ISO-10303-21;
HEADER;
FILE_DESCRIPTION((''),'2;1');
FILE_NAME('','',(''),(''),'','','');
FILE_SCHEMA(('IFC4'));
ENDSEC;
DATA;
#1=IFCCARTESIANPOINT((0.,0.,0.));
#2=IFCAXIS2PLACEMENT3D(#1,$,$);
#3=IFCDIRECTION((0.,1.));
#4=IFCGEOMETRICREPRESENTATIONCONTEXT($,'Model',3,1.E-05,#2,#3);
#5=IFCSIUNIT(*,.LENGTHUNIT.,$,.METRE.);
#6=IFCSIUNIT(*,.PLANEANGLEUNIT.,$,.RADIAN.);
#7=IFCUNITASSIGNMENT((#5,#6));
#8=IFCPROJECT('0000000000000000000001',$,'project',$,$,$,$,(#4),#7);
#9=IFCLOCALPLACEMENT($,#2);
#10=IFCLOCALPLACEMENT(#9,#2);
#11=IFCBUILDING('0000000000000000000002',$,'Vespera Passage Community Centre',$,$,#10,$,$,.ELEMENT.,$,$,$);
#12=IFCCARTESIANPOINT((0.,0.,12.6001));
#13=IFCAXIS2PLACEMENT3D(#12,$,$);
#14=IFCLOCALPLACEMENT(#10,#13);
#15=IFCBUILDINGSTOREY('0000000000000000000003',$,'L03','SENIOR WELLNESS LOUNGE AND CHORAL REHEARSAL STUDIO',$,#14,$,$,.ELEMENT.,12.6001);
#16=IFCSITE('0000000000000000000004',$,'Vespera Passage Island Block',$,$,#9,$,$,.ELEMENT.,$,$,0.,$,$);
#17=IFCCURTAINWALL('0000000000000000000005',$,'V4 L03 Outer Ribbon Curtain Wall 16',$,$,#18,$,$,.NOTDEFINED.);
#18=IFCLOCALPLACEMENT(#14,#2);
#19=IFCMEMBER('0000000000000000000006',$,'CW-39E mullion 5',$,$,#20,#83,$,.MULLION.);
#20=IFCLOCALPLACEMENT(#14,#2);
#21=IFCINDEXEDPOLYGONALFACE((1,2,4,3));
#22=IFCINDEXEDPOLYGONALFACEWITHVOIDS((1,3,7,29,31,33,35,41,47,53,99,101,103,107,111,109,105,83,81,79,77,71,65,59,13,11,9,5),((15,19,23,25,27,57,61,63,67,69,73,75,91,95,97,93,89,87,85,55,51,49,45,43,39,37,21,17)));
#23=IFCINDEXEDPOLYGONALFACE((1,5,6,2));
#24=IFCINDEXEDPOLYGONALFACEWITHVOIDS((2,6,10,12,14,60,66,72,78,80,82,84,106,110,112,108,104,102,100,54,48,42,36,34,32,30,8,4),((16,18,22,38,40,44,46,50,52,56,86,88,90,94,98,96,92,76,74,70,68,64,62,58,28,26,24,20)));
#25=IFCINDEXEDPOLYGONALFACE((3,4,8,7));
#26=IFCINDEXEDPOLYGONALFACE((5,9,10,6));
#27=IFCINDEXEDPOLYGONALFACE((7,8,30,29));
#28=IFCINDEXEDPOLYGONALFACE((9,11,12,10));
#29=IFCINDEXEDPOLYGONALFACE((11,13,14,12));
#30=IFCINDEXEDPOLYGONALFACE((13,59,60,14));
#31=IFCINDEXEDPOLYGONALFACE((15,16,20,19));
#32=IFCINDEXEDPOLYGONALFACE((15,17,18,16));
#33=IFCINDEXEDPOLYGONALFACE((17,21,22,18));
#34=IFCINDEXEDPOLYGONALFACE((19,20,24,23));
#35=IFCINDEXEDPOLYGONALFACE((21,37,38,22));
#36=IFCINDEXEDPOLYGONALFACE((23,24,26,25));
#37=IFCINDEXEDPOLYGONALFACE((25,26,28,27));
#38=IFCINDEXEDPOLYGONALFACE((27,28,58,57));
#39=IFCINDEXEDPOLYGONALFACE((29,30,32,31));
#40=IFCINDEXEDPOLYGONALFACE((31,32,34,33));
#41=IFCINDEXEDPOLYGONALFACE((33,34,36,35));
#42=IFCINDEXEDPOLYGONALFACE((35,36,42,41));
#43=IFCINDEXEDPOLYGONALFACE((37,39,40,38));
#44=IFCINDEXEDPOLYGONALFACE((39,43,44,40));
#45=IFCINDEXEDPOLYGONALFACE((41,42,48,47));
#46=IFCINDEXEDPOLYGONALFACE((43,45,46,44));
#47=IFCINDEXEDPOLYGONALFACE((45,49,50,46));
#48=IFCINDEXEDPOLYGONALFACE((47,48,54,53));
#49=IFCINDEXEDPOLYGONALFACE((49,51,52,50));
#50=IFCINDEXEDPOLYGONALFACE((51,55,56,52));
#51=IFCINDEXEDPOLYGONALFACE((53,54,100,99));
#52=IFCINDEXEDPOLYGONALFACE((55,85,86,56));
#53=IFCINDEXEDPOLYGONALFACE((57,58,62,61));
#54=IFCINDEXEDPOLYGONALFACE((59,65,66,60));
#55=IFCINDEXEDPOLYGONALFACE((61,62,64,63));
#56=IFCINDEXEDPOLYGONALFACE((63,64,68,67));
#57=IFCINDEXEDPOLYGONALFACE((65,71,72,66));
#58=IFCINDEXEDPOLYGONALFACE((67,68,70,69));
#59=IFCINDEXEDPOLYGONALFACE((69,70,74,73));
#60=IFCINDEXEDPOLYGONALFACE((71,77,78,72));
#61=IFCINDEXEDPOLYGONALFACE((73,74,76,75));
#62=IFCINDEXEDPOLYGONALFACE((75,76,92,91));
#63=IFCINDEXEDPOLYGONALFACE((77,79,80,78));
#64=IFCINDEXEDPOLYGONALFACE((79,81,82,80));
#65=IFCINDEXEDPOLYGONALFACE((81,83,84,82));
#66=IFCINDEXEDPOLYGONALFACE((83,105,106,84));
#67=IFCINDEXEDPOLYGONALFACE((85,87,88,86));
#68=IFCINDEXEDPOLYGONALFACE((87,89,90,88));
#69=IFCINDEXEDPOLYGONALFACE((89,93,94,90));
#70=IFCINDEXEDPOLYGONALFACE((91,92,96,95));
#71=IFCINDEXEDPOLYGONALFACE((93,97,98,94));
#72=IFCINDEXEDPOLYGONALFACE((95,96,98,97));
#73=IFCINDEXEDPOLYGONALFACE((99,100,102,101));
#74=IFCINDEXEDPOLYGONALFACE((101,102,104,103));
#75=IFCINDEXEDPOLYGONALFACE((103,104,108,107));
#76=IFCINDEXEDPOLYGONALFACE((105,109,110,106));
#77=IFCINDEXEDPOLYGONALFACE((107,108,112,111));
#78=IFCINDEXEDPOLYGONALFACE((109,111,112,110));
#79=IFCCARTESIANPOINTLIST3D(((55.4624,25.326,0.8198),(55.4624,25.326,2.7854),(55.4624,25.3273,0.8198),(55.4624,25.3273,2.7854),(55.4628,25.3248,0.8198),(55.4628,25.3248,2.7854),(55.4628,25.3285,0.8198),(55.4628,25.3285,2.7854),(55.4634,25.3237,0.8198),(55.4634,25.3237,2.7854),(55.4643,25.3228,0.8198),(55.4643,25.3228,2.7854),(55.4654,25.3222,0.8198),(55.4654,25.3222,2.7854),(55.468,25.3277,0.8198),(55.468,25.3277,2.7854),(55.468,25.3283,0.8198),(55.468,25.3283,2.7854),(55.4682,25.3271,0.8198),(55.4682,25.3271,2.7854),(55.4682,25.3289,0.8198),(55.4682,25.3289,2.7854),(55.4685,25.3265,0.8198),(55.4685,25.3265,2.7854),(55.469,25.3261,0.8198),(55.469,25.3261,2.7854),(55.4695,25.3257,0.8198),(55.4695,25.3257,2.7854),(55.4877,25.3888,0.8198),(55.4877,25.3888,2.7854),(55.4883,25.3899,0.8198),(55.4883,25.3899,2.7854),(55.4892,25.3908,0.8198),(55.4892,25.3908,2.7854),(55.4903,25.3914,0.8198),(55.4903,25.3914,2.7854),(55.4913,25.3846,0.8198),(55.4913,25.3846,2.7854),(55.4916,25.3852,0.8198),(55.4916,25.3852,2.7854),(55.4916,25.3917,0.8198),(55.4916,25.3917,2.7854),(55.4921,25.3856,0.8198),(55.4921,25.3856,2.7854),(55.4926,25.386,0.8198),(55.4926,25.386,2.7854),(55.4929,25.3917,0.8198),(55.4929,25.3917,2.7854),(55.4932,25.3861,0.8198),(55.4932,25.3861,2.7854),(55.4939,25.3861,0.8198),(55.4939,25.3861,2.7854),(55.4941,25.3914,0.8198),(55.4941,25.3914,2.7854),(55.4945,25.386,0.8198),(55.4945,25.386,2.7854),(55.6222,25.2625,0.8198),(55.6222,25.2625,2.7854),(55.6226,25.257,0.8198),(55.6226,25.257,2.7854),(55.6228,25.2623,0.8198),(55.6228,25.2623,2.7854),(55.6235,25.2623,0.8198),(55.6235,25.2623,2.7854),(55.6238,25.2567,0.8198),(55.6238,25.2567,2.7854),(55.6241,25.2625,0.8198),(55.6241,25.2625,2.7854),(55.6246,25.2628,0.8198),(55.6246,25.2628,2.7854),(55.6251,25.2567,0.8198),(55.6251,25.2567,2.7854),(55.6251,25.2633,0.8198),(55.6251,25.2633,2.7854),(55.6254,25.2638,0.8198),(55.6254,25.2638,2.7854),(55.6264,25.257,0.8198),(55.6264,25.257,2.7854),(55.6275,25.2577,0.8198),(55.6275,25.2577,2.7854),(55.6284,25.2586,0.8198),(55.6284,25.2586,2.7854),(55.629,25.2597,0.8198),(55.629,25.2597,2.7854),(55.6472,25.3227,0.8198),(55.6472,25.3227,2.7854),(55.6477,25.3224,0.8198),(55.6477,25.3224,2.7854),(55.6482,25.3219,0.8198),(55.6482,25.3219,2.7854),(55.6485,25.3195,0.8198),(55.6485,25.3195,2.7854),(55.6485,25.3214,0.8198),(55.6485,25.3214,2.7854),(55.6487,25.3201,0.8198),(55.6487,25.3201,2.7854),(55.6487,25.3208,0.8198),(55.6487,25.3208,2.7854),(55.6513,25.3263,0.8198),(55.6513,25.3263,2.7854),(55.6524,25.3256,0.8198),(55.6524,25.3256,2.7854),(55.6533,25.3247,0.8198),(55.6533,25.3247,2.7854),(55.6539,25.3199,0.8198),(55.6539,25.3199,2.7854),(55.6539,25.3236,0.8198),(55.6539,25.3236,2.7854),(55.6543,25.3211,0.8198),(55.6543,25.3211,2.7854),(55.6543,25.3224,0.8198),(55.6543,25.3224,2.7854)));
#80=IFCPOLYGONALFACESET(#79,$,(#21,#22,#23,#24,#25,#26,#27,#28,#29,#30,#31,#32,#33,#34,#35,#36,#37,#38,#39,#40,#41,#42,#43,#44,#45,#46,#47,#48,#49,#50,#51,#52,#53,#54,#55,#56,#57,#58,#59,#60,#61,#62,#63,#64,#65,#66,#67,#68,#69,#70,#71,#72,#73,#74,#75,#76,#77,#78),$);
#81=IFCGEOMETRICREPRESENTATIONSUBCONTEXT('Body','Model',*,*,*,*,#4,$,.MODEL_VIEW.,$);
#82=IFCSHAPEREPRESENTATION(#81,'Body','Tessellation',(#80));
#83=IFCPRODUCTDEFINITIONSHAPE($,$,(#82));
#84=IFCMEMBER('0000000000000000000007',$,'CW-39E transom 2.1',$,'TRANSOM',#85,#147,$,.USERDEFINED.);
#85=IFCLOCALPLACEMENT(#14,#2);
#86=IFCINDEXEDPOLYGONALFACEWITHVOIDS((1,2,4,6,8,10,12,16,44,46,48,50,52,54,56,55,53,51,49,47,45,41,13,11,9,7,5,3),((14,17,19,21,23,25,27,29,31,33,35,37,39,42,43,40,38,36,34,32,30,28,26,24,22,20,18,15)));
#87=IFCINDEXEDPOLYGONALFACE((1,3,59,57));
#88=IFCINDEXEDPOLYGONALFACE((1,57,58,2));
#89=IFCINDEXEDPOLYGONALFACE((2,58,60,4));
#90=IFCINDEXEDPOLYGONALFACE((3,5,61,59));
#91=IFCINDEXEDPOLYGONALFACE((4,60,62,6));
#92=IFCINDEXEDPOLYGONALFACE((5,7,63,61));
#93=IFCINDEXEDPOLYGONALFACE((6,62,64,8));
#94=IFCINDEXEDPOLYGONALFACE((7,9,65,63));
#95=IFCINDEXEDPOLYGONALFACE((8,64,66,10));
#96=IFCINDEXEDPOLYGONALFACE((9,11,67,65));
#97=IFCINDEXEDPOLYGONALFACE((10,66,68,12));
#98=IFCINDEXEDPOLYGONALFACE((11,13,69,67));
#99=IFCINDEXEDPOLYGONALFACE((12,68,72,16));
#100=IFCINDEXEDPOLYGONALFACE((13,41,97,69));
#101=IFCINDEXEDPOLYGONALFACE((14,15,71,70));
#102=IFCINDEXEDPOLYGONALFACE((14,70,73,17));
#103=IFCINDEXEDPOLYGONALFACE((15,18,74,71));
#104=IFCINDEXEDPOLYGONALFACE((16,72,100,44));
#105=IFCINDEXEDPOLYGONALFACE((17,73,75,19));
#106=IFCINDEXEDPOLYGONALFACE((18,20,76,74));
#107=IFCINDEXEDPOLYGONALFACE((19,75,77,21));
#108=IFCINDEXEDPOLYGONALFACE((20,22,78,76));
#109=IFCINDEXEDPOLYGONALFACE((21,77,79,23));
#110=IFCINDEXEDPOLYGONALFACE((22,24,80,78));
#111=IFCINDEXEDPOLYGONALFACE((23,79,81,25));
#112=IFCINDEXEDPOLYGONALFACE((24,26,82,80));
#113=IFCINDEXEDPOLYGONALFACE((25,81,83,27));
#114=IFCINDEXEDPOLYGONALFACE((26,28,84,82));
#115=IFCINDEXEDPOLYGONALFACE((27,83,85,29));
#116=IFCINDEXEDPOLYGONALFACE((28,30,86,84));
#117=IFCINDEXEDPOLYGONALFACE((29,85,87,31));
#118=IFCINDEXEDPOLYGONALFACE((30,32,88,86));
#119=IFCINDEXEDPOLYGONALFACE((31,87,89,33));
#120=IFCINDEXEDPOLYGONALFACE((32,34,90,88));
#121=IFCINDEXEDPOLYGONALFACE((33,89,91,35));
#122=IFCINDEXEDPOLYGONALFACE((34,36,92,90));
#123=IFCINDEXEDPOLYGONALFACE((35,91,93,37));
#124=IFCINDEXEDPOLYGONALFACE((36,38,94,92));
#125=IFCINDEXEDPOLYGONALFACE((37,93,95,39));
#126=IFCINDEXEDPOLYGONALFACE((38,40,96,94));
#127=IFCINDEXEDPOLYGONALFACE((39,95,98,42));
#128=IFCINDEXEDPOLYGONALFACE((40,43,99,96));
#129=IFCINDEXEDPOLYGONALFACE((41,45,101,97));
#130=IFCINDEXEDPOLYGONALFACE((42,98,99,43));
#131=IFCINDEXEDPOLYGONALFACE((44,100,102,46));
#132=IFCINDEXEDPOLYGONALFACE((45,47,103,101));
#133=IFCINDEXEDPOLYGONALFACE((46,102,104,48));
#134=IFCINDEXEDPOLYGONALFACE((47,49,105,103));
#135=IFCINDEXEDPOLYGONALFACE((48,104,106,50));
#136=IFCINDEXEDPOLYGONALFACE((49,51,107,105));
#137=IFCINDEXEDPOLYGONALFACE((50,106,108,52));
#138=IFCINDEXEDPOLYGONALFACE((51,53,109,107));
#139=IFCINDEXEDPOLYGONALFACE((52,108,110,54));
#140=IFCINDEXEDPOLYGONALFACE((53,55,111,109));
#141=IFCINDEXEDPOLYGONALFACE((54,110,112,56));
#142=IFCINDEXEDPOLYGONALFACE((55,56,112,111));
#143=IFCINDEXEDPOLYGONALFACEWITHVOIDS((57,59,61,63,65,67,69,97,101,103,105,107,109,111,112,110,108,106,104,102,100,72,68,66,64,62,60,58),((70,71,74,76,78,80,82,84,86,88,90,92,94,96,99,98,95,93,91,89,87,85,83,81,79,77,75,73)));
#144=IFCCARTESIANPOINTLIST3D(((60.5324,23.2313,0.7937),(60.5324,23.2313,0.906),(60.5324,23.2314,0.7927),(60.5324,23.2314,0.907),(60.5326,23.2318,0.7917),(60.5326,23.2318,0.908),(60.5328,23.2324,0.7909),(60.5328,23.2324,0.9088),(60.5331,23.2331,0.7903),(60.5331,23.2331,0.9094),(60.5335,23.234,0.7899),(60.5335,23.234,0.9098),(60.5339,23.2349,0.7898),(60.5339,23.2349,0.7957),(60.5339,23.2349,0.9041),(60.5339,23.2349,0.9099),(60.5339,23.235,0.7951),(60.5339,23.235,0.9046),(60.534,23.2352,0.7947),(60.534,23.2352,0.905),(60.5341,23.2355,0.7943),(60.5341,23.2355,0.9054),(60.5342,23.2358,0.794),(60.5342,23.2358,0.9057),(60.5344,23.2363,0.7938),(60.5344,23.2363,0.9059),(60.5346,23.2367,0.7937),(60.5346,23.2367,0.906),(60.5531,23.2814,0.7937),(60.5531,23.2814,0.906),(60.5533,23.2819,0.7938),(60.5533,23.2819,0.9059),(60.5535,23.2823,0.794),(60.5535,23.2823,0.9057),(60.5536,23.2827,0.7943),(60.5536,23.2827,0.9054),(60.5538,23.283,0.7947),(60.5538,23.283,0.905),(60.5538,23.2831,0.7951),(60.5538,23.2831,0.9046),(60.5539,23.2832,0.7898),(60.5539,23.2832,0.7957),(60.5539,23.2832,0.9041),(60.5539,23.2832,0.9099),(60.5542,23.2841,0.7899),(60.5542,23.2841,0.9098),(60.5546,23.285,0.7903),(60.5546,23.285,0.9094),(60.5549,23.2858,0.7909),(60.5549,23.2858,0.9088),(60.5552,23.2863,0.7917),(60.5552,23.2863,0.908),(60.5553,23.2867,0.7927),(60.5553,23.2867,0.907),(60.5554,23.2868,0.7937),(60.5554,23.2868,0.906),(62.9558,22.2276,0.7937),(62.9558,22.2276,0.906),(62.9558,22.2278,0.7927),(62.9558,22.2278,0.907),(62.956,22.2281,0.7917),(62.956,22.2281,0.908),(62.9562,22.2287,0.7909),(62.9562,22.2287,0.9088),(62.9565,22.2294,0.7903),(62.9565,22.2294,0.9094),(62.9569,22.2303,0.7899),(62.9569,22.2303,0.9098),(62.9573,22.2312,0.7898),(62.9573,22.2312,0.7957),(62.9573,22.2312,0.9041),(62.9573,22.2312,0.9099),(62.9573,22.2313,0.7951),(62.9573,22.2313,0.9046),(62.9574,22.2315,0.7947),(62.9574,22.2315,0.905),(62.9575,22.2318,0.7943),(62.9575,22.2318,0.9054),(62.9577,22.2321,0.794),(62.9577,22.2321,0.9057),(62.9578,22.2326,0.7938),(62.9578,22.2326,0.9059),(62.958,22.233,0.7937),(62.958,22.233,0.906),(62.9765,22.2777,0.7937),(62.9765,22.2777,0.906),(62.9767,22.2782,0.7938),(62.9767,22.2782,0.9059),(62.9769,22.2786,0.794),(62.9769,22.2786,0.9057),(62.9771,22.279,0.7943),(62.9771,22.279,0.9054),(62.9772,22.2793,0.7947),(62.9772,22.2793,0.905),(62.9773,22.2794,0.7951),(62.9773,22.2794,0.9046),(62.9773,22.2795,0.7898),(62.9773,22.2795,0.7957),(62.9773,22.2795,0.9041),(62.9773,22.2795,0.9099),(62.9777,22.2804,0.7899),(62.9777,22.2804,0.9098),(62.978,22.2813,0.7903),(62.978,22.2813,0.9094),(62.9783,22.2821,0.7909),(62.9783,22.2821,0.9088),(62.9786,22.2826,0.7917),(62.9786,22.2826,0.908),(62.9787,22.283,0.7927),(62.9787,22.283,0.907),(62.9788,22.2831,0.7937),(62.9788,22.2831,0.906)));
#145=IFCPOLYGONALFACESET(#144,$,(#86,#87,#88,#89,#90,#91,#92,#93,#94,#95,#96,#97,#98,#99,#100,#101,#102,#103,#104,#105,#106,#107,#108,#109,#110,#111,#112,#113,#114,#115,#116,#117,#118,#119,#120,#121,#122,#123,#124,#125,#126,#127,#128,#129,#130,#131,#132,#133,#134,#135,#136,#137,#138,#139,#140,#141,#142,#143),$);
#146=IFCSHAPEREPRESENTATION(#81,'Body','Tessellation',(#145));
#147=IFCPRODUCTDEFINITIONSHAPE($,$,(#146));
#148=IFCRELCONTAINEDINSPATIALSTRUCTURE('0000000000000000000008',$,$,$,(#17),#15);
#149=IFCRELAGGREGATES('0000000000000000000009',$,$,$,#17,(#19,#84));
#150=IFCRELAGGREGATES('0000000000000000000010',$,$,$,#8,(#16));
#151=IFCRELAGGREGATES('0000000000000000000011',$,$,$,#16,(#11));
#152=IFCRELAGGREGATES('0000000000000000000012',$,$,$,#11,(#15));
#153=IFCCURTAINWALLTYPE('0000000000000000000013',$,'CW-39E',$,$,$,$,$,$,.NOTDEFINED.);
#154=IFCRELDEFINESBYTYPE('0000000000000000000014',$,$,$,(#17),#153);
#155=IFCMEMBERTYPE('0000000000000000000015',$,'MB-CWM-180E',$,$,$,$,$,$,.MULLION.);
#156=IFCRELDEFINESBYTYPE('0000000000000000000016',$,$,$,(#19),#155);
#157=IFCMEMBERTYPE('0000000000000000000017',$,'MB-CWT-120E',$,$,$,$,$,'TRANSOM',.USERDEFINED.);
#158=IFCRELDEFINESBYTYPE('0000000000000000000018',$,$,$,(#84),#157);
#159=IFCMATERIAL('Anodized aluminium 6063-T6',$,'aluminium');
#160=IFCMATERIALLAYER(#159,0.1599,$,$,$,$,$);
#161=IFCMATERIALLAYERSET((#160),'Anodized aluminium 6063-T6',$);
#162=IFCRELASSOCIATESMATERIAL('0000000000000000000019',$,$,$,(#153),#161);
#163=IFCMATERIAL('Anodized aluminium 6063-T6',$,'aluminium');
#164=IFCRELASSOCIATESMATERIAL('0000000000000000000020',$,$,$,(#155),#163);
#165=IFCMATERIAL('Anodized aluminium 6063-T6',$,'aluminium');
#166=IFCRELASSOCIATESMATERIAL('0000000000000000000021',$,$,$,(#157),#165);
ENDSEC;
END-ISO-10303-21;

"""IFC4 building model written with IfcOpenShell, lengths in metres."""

from ifc_helpers import new_model, si_unit, direction, frame, origin, origin_2d, place, context, subcontext, project, spatial, hollow_rectangle, extrude, material, layer, layer_set, material_profile, profile_set, type_object, element, aggregate, save


model = new_model("IFC4")

# Units and contexts
model_context = context("Model", 3, precision=1e-05, world=origin(), true_north=direction((0.0, 1.0)))
body_context = subcontext(model_context, "Body", "Model", "MODEL_VIEW")
ifc_project = project(units=[si_unit("LENGTHUNIT", "METRE"), si_unit("PLANEANGLEUNIT", "RADIAN")], contexts=[model_context])

# Site, building, storey
site_placement = place(None, origin())
site = spatial("IfcSite", under=ifc_project, at=site_placement, Name="Vespera Passage Island Block", CompositionType="ELEMENT", RefElevation=0.0)
building_placement = place(site_placement, origin())
building = spatial("IfcBuilding", under=site, at=building_placement, Name="Vespera Passage Community Centre", CompositionType="ELEMENT")
storey_placement = place(building_placement, frame((0.0, 0.0, 12.6001)))
storey = spatial("IfcBuildingStorey", under=building, at=storey_placement, Name="L03", Description="SENIOR WELLNESS LOUNGE AND CHORAL REHEARSAL STUDIO", CompositionType="ELEMENT", Elevation=12.6001)

# Curtain wall, members
ifc_material_1 = material(Name="Anodized aluminium 6063-T6", Category="aluminium")
ifc_layer_1 = layer(ifc_material_1, 0.1599)
ifc_layer_set_1 = layer_set([ifc_layer_1], Name="Anodized aluminium 6063-T6")
curtain_wall_type = type_object("IfcCurtainWallType", Name="CW-39E", PredefinedType="NOTDEFINED", material=ifc_layer_set_1)
curtain_wall_placement = place(storey_placement, origin())
curtain_wall = element("IfcCurtainWall", 1, at=curtain_wall_placement, inside=storey, type_object=curtain_wall_type, Name="V4 L03 Outer Ribbon Curtain Wall 16", PredefinedType="NOTDEFINED")
ifc_material_2 = material(Name="Anodized aluminium 6063-T6", Category="aluminium")
ifc_material_profile_1 = material_profile(ifc_material_2, hollow_rectangle(XDim=0.075, YDim=0.1799, WallThickness=0.0049, InnerFilletRadius=0.0024, OuterFilletRadius=0.0049, at=origin_2d()), Name="ALU180X75X5")
ifc_profile_set_1 = profile_set([ifc_material_profile_1], Name="Anodized aluminium 6063-T6")
member_type_1 = type_object("IfcMemberType", Name="MB-CWM-180E", PredefinedType="MULLION", material=ifc_profile_set_1)
member_1_placement = place(storey_placement, frame((55.5583, 25.3242, 0.8198), z_axis=(0.0, 0.0, 1.0), x_axis=(-0.382683, -0.92388, 0.0)))
member_1 = element("IfcMember", 2, at=member_1_placement, type_object=member_type_1, Name="CW-39E mullion 5", PredefinedType="MULLION", context=body_context, shape_type="SweptSolid", body=[
    extrude(hollow_rectangle(XDim=0.075, YDim=0.1799, WallThickness=0.0049, InnerFilletRadius=0.0024, OuterFilletRadius=0.0049, at=origin_2d()), origin(), (0.0, 0.0, 1.0), 1.9656),
])
ifc_material_3 = material(Name="Anodized aluminium 6063-T6", Category="aluminium")
ifc_material_profile_2 = material_profile(ifc_material_3, hollow_rectangle(XDim=0.0601, YDim=0.1201, WallThickness=0.0039, InnerFilletRadius=0.002, OuterFilletRadius=0.0039, at=origin_2d()), Name="ALU120X60X4")
ifc_profile_set_2 = profile_set([ifc_material_profile_2], Name="Anodized aluminium 6063-T6")
member_type_2 = type_object("IfcMemberType", Name="MB-CWT-120E", ElementType="TRANSOM", PredefinedType="USERDEFINED", material=ifc_profile_set_2)
member_2_placement = place(storey_placement, frame((62.9673, 22.2554, 0.8499), z_axis=(-0.923895, 0.382645, 0.0), x_axis=(-0.382645, -0.923895, 0.0)))
member_2 = element("IfcMember", 3, at=member_2_placement, type_object=member_type_2, Name="CW-39E transom 2.1", ObjectType="TRANSOM", PredefinedType="USERDEFINED", context=body_context, shape_type="SweptSolid", body=[
    extrude(hollow_rectangle(XDim=0.0601, YDim=0.1201, WallThickness=0.0039, InnerFilletRadius=0.002, OuterFilletRadius=0.0039, at=origin_2d()), origin(), (0.0, 0.0, 1.0), 2.623),
])
aggregate(curtain_wall, [member_1, member_2])

save(model, "model.ifc")
